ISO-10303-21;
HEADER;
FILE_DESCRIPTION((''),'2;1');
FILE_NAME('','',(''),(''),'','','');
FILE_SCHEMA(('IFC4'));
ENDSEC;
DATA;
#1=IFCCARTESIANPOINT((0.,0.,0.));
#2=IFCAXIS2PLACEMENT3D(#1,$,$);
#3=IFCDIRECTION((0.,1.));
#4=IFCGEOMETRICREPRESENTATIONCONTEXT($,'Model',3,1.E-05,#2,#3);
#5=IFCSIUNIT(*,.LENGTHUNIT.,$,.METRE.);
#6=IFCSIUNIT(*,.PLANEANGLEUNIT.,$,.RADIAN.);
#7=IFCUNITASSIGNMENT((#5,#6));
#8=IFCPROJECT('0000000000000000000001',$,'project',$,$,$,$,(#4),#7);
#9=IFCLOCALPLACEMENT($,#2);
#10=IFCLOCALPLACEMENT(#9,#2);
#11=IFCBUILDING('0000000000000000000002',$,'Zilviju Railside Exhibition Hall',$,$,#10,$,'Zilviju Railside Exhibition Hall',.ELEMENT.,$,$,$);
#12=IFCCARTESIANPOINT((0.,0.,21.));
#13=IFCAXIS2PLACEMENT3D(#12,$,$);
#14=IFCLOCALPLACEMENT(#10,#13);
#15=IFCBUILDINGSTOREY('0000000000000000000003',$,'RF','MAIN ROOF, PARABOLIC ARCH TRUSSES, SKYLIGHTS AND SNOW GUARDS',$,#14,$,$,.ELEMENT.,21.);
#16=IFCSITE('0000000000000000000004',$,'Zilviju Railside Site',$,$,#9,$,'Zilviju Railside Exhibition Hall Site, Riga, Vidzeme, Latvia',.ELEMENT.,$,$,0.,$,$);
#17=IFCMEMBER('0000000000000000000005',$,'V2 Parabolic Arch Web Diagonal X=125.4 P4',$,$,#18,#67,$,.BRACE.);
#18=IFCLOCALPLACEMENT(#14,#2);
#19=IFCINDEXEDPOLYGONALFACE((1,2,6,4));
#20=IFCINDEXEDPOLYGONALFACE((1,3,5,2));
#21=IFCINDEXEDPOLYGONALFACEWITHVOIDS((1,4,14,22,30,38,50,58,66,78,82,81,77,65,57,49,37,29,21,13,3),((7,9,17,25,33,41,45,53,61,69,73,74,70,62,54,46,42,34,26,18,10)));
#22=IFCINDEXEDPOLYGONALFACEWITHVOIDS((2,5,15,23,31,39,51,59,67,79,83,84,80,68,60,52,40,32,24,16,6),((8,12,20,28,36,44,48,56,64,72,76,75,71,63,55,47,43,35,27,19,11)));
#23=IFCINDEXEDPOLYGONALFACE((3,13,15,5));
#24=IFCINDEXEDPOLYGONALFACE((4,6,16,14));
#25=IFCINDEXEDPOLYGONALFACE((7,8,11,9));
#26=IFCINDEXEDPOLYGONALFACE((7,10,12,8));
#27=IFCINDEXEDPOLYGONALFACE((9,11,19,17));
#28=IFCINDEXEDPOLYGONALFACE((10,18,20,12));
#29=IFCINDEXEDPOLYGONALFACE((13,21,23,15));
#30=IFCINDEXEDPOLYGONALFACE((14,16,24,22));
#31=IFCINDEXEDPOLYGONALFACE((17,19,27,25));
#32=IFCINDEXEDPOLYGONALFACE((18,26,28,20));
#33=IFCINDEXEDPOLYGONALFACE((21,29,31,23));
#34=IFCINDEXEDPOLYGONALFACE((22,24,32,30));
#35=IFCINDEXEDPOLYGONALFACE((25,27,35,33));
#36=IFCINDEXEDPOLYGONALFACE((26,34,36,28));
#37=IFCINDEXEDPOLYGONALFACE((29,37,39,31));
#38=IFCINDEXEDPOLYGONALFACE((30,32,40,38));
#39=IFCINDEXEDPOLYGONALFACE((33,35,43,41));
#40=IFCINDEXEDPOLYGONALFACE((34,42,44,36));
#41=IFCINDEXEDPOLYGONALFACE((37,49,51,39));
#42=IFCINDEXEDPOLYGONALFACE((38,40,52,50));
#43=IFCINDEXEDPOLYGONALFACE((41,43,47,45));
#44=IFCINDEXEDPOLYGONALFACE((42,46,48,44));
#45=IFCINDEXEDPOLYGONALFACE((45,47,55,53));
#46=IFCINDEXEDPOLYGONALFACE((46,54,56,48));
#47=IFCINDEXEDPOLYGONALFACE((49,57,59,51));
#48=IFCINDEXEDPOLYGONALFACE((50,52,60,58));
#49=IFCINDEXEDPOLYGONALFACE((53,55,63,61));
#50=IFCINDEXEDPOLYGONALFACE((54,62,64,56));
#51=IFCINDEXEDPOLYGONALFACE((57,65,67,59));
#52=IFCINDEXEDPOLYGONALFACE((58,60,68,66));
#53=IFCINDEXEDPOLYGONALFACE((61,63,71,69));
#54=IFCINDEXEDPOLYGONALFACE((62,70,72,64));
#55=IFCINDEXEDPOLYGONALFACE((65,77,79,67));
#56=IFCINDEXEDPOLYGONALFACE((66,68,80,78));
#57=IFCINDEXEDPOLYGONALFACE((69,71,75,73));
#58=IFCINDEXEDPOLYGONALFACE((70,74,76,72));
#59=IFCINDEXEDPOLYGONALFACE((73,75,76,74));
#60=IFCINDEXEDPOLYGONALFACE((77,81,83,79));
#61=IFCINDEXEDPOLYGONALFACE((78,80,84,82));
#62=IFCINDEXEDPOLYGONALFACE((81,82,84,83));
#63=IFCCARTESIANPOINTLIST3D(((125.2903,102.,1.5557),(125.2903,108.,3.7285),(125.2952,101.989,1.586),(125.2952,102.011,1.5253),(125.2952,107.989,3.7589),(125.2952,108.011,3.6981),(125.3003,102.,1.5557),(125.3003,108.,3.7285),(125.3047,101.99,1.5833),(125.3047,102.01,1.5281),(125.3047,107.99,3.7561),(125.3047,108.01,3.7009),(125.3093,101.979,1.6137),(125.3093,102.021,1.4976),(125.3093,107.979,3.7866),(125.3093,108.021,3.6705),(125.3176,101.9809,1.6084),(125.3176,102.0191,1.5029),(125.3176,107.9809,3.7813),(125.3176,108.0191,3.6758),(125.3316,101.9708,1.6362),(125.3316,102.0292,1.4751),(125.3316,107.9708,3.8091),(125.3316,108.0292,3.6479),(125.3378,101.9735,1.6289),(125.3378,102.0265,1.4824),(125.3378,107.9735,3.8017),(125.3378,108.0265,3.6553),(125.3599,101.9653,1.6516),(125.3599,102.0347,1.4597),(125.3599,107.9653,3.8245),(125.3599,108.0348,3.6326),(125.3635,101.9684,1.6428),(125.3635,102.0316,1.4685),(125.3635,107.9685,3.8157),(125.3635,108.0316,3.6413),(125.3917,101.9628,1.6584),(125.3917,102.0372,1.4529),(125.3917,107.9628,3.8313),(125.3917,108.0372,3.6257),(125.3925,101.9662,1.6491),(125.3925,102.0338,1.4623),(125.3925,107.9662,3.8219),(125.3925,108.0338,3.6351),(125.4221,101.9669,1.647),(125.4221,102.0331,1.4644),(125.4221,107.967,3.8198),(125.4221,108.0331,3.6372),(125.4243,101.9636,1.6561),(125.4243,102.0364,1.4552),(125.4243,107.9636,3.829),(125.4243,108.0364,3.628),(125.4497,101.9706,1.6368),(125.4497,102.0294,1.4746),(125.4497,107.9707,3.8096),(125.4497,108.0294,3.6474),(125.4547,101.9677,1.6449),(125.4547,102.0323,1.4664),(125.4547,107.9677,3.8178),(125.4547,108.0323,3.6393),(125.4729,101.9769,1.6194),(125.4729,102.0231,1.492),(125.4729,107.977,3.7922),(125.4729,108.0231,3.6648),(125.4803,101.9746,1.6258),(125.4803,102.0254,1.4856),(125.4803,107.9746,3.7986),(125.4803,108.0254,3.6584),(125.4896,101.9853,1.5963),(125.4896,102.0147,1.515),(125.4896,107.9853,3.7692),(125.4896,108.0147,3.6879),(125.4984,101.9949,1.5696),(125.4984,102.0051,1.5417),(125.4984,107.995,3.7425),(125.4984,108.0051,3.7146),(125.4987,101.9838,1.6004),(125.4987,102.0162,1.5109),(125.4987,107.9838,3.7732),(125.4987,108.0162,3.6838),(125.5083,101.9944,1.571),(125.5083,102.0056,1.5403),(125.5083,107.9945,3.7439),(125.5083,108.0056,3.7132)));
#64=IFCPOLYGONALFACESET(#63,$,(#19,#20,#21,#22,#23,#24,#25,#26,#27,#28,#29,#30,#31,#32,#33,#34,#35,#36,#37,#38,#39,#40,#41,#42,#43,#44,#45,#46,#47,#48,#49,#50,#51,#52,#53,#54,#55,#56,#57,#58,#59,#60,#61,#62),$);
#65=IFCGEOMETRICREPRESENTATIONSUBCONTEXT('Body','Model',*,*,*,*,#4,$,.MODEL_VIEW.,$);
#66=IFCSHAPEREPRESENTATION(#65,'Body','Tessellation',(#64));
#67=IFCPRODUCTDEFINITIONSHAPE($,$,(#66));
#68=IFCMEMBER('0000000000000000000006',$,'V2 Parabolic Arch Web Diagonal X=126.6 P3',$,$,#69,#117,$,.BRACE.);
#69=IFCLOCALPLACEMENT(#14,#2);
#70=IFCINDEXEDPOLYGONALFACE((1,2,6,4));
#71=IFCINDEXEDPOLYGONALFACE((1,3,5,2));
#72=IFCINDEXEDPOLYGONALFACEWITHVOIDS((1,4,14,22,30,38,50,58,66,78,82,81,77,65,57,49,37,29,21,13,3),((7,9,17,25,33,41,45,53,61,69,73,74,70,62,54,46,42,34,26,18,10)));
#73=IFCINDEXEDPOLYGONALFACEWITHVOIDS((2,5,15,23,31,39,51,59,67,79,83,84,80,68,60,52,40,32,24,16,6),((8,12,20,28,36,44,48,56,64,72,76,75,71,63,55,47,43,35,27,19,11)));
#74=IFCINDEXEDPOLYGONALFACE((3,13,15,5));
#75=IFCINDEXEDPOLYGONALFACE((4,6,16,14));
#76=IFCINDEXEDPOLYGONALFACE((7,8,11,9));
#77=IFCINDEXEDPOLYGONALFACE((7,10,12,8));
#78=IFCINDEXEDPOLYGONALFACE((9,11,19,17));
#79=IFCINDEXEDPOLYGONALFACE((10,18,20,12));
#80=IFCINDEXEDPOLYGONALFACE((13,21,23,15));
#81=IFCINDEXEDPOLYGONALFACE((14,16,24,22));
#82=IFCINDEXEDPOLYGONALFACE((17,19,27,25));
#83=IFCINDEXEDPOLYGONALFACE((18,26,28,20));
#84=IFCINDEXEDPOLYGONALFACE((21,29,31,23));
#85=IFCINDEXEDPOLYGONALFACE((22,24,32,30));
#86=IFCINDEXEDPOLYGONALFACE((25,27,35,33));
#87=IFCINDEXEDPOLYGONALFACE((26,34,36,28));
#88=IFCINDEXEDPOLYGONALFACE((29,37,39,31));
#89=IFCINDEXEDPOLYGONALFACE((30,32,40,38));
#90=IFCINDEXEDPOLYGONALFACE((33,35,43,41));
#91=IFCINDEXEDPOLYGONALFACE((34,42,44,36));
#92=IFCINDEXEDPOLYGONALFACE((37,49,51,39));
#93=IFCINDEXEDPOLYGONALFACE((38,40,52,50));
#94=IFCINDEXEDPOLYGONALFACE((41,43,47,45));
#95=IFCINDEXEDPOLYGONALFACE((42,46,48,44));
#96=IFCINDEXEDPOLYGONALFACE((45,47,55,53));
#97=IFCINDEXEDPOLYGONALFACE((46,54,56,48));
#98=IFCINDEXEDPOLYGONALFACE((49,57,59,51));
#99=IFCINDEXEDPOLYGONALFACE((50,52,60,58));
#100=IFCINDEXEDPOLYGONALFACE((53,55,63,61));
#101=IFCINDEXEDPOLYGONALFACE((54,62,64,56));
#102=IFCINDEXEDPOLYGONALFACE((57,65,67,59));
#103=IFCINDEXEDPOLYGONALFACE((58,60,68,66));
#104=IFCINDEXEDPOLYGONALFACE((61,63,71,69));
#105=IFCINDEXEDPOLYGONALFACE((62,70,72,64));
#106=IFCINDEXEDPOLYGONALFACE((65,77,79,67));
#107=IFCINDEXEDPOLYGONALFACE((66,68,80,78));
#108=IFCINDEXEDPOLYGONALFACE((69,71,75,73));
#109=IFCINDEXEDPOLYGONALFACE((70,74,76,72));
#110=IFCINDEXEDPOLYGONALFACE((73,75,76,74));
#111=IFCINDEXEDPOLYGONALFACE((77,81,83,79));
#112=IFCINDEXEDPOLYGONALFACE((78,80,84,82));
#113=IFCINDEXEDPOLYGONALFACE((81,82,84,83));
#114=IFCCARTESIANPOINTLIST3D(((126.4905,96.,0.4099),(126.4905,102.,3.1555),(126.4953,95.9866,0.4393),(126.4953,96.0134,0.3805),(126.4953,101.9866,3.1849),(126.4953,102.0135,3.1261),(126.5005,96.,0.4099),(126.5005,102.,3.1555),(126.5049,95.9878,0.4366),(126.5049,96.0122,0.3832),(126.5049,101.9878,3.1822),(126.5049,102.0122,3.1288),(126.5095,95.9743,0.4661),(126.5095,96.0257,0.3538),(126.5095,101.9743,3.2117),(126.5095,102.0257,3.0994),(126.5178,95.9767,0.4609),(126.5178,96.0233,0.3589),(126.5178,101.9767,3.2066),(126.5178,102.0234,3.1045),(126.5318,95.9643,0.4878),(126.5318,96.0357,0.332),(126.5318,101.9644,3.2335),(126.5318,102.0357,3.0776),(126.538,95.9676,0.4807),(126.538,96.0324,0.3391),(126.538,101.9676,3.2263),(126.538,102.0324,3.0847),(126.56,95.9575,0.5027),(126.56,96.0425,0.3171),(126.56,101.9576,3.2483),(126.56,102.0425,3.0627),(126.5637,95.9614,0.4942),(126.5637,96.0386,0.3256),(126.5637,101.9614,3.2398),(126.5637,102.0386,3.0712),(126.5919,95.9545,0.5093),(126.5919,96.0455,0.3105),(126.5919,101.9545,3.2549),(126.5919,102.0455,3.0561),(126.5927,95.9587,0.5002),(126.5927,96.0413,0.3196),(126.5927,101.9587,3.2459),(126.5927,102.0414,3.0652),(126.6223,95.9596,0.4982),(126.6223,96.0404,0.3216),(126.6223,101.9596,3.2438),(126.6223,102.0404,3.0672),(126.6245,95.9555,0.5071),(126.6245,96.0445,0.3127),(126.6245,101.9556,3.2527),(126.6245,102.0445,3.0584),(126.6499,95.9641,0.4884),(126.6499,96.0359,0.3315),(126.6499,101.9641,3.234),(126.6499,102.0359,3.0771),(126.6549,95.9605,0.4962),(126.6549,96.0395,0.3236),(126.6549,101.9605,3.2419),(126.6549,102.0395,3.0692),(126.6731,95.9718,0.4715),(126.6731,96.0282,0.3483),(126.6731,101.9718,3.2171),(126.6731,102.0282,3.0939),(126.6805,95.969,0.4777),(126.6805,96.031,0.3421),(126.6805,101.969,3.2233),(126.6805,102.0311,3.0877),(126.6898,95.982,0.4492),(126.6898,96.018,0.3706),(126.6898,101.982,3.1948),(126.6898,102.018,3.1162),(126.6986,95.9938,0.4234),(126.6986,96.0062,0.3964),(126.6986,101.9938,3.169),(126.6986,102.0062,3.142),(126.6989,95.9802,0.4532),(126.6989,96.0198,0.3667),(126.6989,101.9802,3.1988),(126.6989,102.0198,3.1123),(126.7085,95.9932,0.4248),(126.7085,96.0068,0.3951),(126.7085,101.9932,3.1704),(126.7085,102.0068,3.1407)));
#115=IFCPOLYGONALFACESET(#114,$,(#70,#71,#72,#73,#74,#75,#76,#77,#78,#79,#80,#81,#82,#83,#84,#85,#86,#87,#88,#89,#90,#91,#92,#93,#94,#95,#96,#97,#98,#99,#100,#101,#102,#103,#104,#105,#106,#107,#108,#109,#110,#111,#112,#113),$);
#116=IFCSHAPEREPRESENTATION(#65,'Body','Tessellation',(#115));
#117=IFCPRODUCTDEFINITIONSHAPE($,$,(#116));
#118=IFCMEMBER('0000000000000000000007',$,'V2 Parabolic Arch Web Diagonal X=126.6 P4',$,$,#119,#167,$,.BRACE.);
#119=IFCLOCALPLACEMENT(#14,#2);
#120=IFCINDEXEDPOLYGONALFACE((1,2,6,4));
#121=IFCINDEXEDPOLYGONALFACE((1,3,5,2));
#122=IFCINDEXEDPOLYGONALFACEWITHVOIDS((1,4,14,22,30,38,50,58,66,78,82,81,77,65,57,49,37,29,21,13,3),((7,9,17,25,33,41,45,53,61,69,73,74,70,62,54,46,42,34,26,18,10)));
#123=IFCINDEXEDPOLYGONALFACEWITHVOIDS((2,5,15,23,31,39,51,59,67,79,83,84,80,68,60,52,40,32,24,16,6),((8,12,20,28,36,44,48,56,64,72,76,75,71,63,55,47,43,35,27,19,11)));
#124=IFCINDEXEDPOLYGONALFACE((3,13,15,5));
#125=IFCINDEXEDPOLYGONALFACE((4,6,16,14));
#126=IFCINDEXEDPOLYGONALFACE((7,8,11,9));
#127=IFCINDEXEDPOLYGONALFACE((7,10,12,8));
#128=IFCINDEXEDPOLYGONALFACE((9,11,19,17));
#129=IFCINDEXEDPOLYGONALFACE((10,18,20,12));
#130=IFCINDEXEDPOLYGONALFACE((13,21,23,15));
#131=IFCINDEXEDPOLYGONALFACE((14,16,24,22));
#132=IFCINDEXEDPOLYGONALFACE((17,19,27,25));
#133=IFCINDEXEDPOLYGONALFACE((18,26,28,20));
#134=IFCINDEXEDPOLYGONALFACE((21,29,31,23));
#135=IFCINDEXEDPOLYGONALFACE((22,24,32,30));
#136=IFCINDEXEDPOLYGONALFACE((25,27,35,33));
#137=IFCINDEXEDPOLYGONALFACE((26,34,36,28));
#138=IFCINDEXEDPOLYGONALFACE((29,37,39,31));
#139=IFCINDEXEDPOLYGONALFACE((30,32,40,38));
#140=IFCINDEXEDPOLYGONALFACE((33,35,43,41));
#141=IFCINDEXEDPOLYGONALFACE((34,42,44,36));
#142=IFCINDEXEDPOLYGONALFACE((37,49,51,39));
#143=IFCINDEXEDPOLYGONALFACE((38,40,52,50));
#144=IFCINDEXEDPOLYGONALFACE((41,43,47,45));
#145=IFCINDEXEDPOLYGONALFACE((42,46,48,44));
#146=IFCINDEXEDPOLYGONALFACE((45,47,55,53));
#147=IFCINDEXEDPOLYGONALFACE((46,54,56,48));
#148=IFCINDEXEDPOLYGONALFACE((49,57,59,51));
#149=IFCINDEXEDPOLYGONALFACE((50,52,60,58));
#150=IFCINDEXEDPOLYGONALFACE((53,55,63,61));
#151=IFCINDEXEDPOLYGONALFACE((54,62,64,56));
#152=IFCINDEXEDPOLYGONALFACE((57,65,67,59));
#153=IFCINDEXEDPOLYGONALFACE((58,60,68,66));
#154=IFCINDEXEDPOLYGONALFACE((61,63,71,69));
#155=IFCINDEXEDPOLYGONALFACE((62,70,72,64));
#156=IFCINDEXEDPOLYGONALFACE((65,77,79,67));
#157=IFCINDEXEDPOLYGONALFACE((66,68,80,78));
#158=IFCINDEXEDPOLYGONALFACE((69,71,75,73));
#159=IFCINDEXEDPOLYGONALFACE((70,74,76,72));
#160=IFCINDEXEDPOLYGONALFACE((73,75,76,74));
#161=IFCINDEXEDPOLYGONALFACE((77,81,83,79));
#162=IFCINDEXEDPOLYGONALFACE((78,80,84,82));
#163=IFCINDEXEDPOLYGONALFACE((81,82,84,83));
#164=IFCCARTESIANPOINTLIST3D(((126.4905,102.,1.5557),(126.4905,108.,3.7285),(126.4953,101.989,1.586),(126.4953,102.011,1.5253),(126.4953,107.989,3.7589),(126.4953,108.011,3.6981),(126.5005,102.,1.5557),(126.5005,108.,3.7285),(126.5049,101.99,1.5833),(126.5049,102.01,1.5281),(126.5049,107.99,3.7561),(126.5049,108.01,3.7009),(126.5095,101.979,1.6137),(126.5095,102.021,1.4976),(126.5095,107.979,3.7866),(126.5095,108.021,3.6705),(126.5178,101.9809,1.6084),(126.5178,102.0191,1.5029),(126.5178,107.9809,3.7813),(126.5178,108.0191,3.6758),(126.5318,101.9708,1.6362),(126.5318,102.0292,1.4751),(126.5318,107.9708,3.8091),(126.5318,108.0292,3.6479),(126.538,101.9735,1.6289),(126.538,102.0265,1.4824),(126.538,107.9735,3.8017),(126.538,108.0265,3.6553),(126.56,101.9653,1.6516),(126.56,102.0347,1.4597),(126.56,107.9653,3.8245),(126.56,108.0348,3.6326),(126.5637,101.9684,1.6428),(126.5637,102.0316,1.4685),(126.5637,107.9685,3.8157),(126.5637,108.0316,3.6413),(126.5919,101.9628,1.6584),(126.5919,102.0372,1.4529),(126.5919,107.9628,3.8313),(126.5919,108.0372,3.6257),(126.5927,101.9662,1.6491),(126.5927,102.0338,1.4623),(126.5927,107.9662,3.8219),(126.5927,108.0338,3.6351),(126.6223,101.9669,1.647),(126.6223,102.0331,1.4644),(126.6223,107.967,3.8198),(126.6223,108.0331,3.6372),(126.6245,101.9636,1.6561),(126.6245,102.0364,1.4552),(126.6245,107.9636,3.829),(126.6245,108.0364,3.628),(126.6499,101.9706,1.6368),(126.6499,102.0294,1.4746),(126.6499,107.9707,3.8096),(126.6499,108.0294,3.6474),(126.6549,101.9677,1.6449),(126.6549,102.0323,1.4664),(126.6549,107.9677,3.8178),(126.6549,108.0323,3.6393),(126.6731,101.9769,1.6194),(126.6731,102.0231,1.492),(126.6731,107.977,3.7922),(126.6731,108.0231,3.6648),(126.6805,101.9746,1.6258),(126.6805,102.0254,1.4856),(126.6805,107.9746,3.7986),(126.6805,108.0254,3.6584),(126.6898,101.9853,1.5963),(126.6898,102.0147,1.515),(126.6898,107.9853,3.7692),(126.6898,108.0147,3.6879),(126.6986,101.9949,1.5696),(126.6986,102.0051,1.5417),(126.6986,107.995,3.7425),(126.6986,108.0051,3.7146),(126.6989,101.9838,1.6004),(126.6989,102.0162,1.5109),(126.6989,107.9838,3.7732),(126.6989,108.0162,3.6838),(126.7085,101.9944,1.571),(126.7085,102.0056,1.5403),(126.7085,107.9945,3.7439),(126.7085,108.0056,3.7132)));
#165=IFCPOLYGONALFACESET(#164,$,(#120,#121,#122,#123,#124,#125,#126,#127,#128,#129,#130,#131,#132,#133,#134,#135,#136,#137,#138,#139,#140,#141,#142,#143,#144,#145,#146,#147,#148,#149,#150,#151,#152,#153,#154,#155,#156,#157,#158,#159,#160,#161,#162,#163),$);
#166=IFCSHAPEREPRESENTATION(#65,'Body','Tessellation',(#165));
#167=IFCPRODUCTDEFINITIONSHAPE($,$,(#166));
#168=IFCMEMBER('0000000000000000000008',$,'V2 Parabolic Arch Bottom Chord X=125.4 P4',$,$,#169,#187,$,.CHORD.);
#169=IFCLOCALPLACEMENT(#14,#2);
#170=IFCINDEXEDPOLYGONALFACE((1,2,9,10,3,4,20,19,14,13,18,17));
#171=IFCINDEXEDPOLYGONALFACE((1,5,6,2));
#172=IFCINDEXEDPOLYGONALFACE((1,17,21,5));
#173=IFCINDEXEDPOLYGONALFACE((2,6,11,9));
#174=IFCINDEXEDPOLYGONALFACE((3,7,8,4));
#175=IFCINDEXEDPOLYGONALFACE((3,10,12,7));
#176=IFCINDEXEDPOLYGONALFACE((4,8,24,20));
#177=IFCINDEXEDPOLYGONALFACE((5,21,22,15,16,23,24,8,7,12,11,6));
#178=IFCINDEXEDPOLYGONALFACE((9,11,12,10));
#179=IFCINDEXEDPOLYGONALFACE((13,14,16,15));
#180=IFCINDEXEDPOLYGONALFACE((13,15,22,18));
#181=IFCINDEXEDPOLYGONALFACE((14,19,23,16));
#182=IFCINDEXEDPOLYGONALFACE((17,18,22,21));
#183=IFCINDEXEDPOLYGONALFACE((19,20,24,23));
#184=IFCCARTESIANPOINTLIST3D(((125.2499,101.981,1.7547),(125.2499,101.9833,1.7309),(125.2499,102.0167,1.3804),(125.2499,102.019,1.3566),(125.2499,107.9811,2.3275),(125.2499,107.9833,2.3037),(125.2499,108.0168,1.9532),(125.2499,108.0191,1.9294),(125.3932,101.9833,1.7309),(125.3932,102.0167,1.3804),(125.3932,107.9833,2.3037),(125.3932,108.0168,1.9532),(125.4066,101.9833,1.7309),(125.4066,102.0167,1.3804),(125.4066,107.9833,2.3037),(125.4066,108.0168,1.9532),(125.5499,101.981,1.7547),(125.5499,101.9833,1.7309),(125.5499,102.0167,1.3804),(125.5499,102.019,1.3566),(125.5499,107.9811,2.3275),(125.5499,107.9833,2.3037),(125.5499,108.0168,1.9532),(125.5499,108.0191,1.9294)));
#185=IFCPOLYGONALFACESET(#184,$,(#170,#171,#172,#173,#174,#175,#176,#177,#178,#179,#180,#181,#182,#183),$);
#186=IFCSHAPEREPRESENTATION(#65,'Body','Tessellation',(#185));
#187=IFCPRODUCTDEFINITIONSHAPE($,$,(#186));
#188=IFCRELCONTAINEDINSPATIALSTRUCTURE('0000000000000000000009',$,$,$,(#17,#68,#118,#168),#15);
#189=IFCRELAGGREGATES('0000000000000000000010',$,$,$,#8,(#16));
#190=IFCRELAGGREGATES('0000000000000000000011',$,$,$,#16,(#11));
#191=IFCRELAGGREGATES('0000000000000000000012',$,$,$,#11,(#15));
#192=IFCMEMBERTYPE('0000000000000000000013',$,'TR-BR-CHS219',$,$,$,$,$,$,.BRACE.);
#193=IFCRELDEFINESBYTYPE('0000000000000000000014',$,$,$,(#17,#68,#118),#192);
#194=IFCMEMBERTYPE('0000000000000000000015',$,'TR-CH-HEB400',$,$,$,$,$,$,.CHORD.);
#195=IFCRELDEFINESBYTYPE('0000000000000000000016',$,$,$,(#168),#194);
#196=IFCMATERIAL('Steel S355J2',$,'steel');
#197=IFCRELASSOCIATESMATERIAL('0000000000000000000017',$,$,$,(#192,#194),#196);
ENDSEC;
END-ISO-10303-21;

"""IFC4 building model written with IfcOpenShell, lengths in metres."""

from ifc_helpers import new_model, si_unit, direction, frame, origin, origin_2d, place, context, subcontext, project, spatial, hollow_circle, i_section, extrude, material, material_profile, profile_set, type_object, element, save


model = new_model("IFC4")

# Units and contexts
model_context = context("Model", 3, precision=1e-05, world=origin(), true_north=direction((0.0, 1.0)))
body_context = subcontext(model_context, "Body", "Model", "MODEL_VIEW")
ifc_project = project(units=[si_unit("LENGTHUNIT", "METRE"), si_unit("PLANEANGLEUNIT", "RADIAN")], contexts=[model_context])

# Site, building, storey
site_placement = place(None, origin())
site = spatial("IfcSite", under=ifc_project, at=site_placement, Name="Zilviju Railside Site", LongName="Zilviju Railside Exhibition Hall Site, Riga, Vidzeme, Latvia", CompositionType="ELEMENT", RefElevation=0.0)
building_placement = place(site_placement, origin())
building = spatial("IfcBuilding", under=site, at=building_placement, Name="Zilviju Railside Exhibition Hall", LongName="Zilviju Railside Exhibition Hall", CompositionType="ELEMENT")
storey_placement = place(building_placement, frame((0.0, 0.0, 21.0)))
storey = spatial("IfcBuildingStorey", under=building, at=storey_placement, Name="RF", Description="MAIN ROOF, PARABOLIC ARCH TRUSSES, SKYLIGHTS AND SNOW GUARDS", CompositionType="ELEMENT", Elevation=21.0)

# Members
ifc_material_1 = material(Name="Steel S355J2", Category="steel")
ifc_material_profile_1 = material_profile(ifc_material_1, hollow_circle(Radius=0.1096, WallThickness=0.01, at=origin_2d()), Name="CHS 219.1x10.0")
ifc_profile_set_1 = profile_set([ifc_material_profile_1], Name="Steel S355J2")
member_type_1 = type_object("IfcMemberType", Name="TR-BR-CHS219", PredefinedType="BRACE", material=ifc_profile_set_1)
member_1_placement = place(storey_placement, frame((125.3999, 102.0, 1.5557), z_axis=(0.0, 0.940244, 0.340502), x_axis=(-1.0, 0.0, 0.0)))
element("IfcMember", 1, at=member_1_placement, inside=storey, type_object=member_type_1, Name="V2 Parabolic Arch Web Diagonal X=125.4 P4", PredefinedType="BRACE", context=body_context, shape_type="SweptSolid", body=[
    extrude(hollow_circle(Radius=0.1096, WallThickness=0.01, at=origin_2d()), origin(), (0.0, 0.0, 1.0), 6.3813),
])
member_2_placement = place(storey_placement, frame((126.6001, 96.0, 0.4099), z_axis=(0.0, 0.909317, 0.416104), x_axis=(-1.0, 0.0, 0.0)))
element("IfcMember", 2, at=member_2_placement, inside=storey, type_object=member_type_1, Name="V2 Parabolic Arch Web Diagonal X=126.6 P3", PredefinedType="BRACE", context=body_context, shape_type="SweptSolid", body=[
    extrude(hollow_circle(Radius=0.1096, WallThickness=0.01, at=origin_2d()), origin(), (0.0, 0.0, 1.0), 6.5984),
])
member_3_placement = place(storey_placement, frame((126.6001, 102.0, 1.5557), z_axis=(0.0, 0.940244, 0.340502), x_axis=(-1.0, 0.0, 0.0)))
element("IfcMember", 3, at=member_3_placement, inside=storey, type_object=member_type_1, Name="V2 Parabolic Arch Web Diagonal X=126.6 P4", PredefinedType="BRACE", context=body_context, shape_type="SweptSolid", body=[
    extrude(hollow_circle(Radius=0.1096, WallThickness=0.01, at=origin_2d()), origin(), (0.0, 0.0, 1.0), 6.3813),
])
ifc_material_profile_2 = material_profile(ifc_material_1, i_section(OverallWidth=0.3, OverallDepth=0.3999, WebThickness=0.0134, FlangeThickness=0.0239, at=origin_2d()), Name="HEB 400")
ifc_profile_set_2 = profile_set([ifc_material_profile_2], Name="Steel S355J2")
member_type_2 = type_object("IfcMemberType", Name="TR-CH-HEB400", PredefinedType="CHORD", material=ifc_profile_set_2)
member_4_placement = place(storey_placement, frame((125.3999, 102.0, 1.5557), z_axis=(0.0, 0.995475, 0.095027), x_axis=(-1.0, 0.0, 0.0)))
element("IfcMember", 4, at=member_4_placement, inside=storey, type_object=member_type_2, Name="V2 Parabolic Arch Bottom Chord X=125.4 P4", PredefinedType="CHORD", context=body_context, shape_type="SweptSolid", body=[
    extrude(i_section(OverallWidth=0.3, OverallDepth=0.3999, WebThickness=0.0134, FlangeThickness=0.0239, at=origin_2d()), origin(), (0.0, 0.0, 1.0), 6.0273),
])

save(model, "model.ifc")
